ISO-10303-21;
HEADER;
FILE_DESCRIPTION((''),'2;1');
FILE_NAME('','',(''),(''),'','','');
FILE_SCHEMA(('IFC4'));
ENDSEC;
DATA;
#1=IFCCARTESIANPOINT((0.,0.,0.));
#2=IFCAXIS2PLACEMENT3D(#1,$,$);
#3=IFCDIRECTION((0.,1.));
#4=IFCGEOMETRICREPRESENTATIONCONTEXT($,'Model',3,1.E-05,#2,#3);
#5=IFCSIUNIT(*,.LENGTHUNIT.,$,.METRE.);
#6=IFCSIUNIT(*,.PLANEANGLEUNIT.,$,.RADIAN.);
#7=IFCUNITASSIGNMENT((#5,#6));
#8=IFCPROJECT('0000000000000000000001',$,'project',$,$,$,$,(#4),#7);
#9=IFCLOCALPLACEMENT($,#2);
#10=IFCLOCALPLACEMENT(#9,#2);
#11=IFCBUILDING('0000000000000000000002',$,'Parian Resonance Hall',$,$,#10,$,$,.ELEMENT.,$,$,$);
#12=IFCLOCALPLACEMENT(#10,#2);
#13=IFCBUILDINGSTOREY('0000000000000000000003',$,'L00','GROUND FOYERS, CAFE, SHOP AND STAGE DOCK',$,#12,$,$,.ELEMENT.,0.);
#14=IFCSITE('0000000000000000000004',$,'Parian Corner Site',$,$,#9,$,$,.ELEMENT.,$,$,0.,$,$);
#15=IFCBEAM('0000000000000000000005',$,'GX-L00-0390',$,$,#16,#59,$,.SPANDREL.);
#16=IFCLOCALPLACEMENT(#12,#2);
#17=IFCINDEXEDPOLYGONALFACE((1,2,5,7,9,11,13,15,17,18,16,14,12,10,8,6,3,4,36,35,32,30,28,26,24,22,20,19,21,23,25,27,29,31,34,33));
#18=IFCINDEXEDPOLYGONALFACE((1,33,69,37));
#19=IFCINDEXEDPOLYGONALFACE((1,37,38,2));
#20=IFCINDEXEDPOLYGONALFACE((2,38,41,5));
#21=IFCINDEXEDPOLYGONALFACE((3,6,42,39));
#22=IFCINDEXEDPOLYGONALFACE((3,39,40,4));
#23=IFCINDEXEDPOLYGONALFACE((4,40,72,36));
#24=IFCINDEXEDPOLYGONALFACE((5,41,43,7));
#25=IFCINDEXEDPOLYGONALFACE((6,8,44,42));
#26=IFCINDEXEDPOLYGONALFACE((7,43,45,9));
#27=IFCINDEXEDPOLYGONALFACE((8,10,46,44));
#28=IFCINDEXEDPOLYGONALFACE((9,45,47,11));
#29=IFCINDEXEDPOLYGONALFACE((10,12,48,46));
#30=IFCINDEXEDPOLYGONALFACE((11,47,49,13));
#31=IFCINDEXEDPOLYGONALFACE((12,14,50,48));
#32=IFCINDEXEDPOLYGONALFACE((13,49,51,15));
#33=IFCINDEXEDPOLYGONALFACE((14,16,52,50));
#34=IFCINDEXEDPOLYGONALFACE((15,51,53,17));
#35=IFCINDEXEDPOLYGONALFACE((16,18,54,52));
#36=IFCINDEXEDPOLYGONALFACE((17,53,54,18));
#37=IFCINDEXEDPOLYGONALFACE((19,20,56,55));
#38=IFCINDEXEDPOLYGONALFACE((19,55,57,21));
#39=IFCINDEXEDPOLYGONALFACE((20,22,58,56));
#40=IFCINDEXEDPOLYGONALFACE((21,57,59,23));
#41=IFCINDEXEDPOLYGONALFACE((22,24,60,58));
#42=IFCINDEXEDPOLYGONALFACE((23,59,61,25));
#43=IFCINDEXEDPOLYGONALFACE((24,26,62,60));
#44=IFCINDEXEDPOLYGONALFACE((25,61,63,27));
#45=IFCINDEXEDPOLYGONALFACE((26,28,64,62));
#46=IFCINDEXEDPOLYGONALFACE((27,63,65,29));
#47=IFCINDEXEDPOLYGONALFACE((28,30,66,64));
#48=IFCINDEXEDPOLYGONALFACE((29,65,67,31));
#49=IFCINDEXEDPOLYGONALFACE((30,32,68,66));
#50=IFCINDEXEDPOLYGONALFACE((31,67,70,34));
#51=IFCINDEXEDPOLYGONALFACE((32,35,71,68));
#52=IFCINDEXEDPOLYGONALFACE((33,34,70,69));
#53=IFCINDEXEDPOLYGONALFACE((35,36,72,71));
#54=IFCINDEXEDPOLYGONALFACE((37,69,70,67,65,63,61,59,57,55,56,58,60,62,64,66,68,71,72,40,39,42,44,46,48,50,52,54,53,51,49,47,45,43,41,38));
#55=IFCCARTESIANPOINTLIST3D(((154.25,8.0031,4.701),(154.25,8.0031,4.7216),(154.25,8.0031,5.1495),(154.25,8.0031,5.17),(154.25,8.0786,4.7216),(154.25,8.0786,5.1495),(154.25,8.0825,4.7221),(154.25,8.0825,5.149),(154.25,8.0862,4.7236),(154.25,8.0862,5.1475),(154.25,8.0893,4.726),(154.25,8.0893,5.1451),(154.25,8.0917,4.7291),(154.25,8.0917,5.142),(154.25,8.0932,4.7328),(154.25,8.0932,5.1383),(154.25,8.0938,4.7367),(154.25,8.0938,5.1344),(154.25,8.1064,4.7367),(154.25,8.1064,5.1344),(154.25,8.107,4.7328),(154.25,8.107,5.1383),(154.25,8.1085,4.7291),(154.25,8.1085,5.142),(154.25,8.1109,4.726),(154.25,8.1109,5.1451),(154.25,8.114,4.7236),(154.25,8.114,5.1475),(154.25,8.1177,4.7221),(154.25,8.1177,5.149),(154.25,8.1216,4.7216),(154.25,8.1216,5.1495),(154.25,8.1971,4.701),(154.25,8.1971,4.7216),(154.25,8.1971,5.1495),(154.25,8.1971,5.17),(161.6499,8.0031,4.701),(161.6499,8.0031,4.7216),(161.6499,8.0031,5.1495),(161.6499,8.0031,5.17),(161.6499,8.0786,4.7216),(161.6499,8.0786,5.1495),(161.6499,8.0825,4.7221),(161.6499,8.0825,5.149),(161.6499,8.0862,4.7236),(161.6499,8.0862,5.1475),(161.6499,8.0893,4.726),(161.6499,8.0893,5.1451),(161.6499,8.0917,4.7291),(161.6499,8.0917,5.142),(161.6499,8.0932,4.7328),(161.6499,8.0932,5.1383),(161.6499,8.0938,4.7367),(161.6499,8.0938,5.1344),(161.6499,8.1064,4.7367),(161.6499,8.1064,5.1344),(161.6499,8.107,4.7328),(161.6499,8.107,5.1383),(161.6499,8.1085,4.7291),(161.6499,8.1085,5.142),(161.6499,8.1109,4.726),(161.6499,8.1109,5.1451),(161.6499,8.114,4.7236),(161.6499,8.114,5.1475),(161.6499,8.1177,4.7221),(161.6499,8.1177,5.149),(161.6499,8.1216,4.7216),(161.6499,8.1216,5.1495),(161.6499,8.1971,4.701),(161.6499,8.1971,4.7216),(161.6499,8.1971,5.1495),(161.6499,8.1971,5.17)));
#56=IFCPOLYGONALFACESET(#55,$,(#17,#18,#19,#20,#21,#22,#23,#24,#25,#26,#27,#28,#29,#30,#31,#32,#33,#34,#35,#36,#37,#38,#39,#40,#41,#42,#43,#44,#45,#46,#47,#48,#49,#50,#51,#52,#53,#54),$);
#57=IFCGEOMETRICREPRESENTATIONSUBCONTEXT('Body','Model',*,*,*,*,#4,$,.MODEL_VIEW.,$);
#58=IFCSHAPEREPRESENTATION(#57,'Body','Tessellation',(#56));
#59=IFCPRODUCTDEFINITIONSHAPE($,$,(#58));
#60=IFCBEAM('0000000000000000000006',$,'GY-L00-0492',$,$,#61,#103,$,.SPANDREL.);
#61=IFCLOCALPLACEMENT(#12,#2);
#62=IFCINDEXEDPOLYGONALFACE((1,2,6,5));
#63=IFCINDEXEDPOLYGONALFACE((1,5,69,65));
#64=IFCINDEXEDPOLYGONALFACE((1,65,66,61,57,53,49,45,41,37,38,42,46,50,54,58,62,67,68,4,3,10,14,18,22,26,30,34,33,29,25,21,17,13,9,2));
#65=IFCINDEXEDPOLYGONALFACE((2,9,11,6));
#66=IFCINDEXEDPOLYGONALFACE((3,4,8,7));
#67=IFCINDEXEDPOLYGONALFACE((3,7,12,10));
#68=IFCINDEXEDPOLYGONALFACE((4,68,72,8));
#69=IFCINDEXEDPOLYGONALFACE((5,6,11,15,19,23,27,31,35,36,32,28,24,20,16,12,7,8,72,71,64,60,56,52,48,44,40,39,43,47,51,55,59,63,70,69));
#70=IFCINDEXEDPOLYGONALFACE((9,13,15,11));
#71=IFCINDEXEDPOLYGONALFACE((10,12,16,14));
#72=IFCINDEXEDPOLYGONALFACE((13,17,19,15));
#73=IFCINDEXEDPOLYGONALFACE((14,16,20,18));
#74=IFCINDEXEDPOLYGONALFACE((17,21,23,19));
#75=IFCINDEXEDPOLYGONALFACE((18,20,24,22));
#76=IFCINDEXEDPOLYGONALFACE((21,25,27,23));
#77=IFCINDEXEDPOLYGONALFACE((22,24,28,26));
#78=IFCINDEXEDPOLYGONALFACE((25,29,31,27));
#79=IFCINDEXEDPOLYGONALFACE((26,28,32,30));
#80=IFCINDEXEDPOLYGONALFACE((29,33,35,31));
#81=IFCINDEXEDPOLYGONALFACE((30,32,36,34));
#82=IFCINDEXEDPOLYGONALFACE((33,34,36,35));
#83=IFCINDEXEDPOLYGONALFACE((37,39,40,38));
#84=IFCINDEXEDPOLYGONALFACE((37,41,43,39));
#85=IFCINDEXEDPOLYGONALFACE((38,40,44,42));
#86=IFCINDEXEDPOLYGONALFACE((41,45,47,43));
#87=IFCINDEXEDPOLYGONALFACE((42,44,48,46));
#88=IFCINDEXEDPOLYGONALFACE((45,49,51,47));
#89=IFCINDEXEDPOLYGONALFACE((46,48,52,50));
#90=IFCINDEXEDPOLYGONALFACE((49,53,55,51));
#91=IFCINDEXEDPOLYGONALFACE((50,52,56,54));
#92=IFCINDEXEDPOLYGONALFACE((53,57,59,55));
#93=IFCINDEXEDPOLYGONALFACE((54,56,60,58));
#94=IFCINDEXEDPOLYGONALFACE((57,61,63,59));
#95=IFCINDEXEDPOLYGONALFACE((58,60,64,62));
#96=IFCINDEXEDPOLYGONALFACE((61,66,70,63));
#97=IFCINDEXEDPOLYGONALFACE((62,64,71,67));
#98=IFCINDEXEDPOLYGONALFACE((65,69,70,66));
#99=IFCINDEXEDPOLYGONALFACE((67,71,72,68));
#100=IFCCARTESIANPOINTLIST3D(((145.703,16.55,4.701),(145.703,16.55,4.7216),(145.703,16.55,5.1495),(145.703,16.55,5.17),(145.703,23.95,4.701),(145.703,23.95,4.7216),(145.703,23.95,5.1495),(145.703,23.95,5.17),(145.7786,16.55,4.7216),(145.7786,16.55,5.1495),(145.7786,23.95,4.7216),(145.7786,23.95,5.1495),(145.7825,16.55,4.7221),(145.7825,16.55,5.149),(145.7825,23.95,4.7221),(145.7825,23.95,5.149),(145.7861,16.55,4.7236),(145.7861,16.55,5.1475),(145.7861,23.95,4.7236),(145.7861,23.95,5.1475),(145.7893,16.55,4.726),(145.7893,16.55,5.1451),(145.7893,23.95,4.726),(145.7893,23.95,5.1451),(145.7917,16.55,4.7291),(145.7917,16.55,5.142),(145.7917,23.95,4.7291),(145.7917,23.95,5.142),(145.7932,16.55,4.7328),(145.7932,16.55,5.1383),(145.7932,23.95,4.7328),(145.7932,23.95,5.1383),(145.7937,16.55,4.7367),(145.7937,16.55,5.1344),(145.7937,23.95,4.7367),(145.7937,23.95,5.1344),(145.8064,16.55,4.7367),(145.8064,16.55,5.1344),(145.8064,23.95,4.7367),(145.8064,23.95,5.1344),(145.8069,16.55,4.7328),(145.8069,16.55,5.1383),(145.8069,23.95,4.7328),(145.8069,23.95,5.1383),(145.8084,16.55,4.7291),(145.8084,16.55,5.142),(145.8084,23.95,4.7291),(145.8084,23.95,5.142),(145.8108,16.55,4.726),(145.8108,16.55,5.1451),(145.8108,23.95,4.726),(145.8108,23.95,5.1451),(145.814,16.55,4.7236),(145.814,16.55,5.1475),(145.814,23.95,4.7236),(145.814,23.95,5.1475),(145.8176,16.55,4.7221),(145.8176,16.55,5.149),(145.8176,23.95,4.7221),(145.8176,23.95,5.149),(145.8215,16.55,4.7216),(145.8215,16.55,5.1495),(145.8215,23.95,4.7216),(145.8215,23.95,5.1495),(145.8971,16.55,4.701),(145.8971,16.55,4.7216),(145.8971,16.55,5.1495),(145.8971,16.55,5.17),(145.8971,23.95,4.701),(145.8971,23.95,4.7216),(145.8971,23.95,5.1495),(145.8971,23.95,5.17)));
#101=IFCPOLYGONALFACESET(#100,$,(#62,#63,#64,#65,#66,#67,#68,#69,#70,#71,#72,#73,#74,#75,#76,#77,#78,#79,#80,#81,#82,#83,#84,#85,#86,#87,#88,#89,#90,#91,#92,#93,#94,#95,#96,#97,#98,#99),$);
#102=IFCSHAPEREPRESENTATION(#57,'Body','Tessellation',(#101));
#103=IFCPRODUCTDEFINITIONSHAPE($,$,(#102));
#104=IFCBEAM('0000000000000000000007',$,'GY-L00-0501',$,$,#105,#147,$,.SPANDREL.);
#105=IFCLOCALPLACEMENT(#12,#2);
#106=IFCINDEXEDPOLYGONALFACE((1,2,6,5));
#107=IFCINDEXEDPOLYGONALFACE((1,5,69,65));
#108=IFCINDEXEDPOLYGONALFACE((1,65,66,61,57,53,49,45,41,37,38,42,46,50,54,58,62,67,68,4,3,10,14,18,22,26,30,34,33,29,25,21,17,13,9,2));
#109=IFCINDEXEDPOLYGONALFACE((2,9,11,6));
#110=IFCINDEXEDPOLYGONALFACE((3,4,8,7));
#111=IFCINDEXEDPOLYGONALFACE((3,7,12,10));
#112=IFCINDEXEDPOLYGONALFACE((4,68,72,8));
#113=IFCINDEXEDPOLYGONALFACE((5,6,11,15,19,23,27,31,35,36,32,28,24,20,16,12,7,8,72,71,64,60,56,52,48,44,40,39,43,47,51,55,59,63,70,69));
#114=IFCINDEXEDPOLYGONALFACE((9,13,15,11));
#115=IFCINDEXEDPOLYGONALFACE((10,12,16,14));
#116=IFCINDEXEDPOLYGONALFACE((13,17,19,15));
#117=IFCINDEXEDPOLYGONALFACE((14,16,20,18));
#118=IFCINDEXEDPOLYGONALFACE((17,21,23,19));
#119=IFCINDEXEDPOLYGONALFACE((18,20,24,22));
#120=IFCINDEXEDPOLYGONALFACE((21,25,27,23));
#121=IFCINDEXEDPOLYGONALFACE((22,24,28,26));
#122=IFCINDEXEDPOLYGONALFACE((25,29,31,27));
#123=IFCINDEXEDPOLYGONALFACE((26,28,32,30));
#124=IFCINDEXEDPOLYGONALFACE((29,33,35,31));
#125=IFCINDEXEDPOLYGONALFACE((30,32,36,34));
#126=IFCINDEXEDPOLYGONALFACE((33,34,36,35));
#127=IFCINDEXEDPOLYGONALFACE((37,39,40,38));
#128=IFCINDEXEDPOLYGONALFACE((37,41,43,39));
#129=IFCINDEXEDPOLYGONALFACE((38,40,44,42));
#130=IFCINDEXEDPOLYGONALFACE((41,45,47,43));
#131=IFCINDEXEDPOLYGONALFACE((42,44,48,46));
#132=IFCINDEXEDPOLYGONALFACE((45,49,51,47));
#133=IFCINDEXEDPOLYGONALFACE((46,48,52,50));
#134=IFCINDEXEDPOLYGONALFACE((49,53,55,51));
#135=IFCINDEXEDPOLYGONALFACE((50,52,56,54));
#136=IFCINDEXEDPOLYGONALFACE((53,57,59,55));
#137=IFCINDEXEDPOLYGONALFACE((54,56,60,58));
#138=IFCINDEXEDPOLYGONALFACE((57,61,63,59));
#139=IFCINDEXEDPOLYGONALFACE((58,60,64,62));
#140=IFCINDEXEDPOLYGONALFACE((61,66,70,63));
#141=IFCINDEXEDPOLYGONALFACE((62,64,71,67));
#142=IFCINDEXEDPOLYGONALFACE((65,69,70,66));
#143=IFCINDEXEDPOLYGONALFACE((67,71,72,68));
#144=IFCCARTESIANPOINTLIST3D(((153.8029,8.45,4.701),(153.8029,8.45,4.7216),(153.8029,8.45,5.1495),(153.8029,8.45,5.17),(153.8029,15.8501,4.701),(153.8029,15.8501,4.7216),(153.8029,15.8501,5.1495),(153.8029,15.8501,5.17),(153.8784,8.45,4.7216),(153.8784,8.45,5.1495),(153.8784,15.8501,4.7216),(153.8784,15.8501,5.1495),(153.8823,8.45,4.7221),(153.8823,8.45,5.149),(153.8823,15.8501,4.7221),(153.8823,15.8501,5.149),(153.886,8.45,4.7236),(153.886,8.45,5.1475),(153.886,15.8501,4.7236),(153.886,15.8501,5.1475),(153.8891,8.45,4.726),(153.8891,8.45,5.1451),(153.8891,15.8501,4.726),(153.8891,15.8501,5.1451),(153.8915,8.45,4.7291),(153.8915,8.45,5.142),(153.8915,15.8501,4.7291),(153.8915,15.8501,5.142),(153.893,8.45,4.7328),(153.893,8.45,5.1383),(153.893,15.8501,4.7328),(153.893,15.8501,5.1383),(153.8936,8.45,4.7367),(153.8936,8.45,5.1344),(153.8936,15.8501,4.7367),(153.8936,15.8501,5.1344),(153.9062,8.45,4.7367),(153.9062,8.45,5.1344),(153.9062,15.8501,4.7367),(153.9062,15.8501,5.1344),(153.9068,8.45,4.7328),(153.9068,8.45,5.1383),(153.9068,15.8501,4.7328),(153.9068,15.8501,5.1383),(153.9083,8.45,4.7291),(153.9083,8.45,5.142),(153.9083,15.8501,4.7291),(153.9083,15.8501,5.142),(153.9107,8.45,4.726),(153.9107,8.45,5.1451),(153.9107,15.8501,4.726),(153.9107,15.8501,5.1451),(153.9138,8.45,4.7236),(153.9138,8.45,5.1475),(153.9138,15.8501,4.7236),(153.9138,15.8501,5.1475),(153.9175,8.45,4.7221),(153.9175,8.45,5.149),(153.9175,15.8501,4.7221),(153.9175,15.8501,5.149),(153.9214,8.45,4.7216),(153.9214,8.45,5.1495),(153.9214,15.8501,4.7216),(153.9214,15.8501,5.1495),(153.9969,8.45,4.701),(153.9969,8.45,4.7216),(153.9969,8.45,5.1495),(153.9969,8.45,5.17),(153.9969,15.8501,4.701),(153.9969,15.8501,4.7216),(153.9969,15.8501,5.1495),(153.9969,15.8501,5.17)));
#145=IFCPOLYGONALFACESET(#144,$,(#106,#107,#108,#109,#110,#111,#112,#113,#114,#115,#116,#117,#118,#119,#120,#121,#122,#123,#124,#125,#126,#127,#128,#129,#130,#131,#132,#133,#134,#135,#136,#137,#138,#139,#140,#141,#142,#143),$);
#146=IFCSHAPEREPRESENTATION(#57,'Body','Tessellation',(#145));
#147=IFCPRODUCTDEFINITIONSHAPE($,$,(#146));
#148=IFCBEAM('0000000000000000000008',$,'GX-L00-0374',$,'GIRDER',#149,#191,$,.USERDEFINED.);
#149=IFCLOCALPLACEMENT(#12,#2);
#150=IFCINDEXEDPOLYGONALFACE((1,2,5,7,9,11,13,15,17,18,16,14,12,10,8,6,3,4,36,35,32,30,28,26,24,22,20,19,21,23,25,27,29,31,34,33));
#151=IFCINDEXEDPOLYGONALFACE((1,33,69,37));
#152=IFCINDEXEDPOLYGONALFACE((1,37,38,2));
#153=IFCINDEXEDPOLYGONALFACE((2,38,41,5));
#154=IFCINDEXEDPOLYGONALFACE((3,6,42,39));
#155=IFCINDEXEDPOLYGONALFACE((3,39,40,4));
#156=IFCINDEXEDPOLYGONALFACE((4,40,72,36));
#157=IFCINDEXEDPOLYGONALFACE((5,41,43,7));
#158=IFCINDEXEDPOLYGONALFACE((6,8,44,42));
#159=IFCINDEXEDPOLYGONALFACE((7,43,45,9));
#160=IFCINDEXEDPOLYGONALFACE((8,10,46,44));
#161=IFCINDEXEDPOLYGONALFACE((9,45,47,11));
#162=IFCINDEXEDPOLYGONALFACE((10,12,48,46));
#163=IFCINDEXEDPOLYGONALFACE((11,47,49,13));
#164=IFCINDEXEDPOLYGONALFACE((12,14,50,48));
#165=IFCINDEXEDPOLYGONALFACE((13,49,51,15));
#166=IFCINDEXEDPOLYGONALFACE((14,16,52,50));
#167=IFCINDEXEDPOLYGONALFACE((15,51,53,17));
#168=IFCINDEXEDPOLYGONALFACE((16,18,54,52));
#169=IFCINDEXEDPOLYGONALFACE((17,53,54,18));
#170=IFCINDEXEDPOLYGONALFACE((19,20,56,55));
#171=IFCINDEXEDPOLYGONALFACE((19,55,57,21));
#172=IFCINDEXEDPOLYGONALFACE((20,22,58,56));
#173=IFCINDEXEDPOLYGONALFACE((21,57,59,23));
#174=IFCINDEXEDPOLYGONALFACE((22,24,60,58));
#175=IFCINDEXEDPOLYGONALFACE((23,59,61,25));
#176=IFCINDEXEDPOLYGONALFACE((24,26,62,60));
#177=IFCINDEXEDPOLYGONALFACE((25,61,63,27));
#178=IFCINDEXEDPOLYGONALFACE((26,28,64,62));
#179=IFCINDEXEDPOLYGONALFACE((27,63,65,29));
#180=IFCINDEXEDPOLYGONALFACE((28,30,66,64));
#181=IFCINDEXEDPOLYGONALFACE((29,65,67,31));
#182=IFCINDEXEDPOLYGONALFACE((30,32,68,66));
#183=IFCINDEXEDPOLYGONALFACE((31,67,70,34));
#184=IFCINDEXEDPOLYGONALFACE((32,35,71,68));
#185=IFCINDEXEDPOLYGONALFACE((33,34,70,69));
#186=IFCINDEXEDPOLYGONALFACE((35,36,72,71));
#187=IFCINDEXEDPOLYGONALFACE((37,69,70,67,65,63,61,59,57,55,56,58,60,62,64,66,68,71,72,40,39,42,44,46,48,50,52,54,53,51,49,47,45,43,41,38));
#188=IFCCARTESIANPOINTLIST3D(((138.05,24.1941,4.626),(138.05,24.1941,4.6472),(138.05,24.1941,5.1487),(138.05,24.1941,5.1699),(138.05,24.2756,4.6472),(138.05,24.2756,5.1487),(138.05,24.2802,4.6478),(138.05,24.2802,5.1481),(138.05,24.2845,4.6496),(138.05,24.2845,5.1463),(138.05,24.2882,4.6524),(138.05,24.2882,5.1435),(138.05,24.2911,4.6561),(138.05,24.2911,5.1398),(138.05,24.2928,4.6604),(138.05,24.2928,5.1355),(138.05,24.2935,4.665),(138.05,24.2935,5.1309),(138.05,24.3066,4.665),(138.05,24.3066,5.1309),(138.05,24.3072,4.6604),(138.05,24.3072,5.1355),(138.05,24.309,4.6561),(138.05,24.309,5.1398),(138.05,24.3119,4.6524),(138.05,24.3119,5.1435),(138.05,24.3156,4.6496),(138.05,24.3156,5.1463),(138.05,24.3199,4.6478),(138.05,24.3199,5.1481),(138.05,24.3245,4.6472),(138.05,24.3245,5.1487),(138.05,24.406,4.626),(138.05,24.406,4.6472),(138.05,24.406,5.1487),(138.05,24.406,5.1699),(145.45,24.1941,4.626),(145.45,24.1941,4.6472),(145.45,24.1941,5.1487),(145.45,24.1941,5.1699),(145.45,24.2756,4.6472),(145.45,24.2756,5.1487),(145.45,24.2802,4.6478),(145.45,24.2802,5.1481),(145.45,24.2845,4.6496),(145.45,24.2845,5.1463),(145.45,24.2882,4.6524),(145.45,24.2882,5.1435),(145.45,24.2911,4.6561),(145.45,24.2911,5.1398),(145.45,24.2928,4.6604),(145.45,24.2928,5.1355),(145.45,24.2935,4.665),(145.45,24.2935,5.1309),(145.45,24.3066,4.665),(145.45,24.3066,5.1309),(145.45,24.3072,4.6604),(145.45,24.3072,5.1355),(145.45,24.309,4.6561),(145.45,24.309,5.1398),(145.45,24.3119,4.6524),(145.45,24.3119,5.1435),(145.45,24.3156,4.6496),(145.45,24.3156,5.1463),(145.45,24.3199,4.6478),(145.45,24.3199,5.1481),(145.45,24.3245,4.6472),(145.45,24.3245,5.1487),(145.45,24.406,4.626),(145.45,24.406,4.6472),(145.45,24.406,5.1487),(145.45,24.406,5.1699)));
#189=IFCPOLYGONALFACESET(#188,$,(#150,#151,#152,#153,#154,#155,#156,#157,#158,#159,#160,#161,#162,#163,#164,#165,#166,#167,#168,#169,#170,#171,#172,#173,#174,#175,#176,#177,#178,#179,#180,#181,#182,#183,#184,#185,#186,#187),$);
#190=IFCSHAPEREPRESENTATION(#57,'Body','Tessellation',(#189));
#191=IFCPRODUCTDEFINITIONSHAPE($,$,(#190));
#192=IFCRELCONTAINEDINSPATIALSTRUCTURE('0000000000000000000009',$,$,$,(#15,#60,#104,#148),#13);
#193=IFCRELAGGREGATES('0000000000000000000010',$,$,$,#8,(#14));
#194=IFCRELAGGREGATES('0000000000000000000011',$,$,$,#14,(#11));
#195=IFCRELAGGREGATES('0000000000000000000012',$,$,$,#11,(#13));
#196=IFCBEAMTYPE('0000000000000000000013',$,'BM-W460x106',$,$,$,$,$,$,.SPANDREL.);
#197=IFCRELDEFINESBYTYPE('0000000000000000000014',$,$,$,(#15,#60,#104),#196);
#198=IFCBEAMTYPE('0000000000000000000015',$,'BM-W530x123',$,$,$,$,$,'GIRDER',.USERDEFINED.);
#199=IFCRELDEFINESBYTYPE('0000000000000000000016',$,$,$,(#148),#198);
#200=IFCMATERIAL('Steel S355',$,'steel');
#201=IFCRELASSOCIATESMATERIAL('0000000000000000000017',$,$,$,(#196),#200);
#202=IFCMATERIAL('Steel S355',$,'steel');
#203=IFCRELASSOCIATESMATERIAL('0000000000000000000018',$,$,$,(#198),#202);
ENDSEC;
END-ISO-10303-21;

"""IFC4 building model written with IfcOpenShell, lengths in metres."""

from ifc_helpers import new_model, si_unit, direction, frame, origin, origin_2d, place, context, subcontext, project, spatial, i_section, extrude, material, material_profile, profile_set, type_object, element, save


model = new_model("IFC4")

# Units and contexts
model_context = context("Model", 3, precision=1e-05, world=origin(), true_north=direction((0.0, 1.0)))
body_context = subcontext(model_context, "Body", "Model", "MODEL_VIEW")
ifc_project = project(units=[si_unit("LENGTHUNIT", "METRE"), si_unit("PLANEANGLEUNIT", "RADIAN")], contexts=[model_context])

# Site, building, storey
site_placement = place(None, origin())
site = spatial("IfcSite", under=ifc_project, at=site_placement, Name="Parian Corner Site", CompositionType="ELEMENT", RefElevation=0.0)
building_placement = place(site_placement, origin())
building = spatial("IfcBuilding", under=site, at=building_placement, Name="Parian Resonance Hall", CompositionType="ELEMENT")
storey_placement = place(building_placement, origin())
storey = spatial("IfcBuildingStorey", under=building, at=storey_placement, Name="L00", Description="GROUND FOYERS, CAFE, SHOP AND STAGE DOCK", CompositionType="ELEMENT", Elevation=0.0)

# Beams
ifc_material_1 = material(Name="Steel S355", Category="steel")
ifc_material_profile_1 = material_profile(ifc_material_1, i_section(OverallWidth=0.1941, OverallDepth=0.469, WebThickness=0.0127, FlangeThickness=0.0205, FilletRadius=0.0151, at=origin_2d()), Name="W460x106")
ifc_profile_set_1 = profile_set([ifc_material_profile_1], Name="Steel S355")
beam_type_1 = type_object("IfcBeamType", Name="BM-W460x106", PredefinedType="SPANDREL", material=ifc_profile_set_1)
for number, where, z_axis, x_axis, name in (
    (1, (154.25, 8.1001, 4.9355), (1.0, 0.0, 0.0), (0.0, 1.0, 0.0), "GX-L00-0390"),
    (2, (145.8, 16.55, 4.9355), (0.0, 1.0, 0.0), (-1.0, 0.0, 0.0), "GY-L00-0492"),
):
    element("IfcBeam", number, at=place(storey_placement, frame(where, z_axis=z_axis, x_axis=x_axis)), inside=storey, type_object=beam_type_1, Name=name, PredefinedType="SPANDREL", context=body_context, shape_type="SweptSolid", body=[
        extrude(i_section(OverallWidth=0.1941, OverallDepth=0.469, WebThickness=0.0127, FlangeThickness=0.0205, FilletRadius=0.0151, at=origin_2d()), origin(), (0.0, 0.0, 1.0), 7.3999),
    ])
beam_1_placement = place(storey_placement, frame((153.8999, 8.45, 4.9355), z_axis=(0.0, 1.0, 0.0), x_axis=(-1.0, 0.0, 0.0)))
element("IfcBeam", 3, at=beam_1_placement, inside=storey, type_object=beam_type_1, Name="GY-L00-0501", PredefinedType="SPANDREL", context=body_context, shape_type="SweptSolid", body=[
    extrude(i_section(OverallWidth=0.1941, OverallDepth=0.469, WebThickness=0.0127, FlangeThickness=0.0205, FilletRadius=0.0151, at=origin_2d()), origin(), (0.0, 0.0, 1.0), 7.4001),
])
ifc_material_2 = material(Name="Steel S355", Category="steel")
ifc_material_profile_2 = material_profile(ifc_material_2, i_section(OverallWidth=0.2119, OverallDepth=0.5439, WebThickness=0.0132, FlangeThickness=0.0212, FilletRadius=0.0178, at=origin_2d()), Name="W530x123")
ifc_profile_set_2 = profile_set([ifc_material_profile_2], Name="Steel S355")
beam_type_2 = type_object("IfcBeamType", Name="BM-W530x123", ElementType="GIRDER", PredefinedType="USERDEFINED", material=ifc_profile_set_2)
beam_2_placement = place(storey_placement, frame((138.05, 24.3, 4.8979), z_axis=(1.0, 0.0, 0.0), x_axis=(0.0, 1.0, 0.0)))
element("IfcBeam", 4, at=beam_2_placement, inside=storey, type_object=beam_type_2, Name="GX-L00-0374", ObjectType="GIRDER", PredefinedType="USERDEFINED", context=body_context, shape_type="SweptSolid", body=[
    extrude(i_section(OverallWidth=0.2119, OverallDepth=0.5439, WebThickness=0.0132, FlangeThickness=0.0212, FilletRadius=0.0178, at=origin_2d()), origin(), (0.0, 0.0, 1.0), 7.3999),
])

save(model, "model.ifc")
